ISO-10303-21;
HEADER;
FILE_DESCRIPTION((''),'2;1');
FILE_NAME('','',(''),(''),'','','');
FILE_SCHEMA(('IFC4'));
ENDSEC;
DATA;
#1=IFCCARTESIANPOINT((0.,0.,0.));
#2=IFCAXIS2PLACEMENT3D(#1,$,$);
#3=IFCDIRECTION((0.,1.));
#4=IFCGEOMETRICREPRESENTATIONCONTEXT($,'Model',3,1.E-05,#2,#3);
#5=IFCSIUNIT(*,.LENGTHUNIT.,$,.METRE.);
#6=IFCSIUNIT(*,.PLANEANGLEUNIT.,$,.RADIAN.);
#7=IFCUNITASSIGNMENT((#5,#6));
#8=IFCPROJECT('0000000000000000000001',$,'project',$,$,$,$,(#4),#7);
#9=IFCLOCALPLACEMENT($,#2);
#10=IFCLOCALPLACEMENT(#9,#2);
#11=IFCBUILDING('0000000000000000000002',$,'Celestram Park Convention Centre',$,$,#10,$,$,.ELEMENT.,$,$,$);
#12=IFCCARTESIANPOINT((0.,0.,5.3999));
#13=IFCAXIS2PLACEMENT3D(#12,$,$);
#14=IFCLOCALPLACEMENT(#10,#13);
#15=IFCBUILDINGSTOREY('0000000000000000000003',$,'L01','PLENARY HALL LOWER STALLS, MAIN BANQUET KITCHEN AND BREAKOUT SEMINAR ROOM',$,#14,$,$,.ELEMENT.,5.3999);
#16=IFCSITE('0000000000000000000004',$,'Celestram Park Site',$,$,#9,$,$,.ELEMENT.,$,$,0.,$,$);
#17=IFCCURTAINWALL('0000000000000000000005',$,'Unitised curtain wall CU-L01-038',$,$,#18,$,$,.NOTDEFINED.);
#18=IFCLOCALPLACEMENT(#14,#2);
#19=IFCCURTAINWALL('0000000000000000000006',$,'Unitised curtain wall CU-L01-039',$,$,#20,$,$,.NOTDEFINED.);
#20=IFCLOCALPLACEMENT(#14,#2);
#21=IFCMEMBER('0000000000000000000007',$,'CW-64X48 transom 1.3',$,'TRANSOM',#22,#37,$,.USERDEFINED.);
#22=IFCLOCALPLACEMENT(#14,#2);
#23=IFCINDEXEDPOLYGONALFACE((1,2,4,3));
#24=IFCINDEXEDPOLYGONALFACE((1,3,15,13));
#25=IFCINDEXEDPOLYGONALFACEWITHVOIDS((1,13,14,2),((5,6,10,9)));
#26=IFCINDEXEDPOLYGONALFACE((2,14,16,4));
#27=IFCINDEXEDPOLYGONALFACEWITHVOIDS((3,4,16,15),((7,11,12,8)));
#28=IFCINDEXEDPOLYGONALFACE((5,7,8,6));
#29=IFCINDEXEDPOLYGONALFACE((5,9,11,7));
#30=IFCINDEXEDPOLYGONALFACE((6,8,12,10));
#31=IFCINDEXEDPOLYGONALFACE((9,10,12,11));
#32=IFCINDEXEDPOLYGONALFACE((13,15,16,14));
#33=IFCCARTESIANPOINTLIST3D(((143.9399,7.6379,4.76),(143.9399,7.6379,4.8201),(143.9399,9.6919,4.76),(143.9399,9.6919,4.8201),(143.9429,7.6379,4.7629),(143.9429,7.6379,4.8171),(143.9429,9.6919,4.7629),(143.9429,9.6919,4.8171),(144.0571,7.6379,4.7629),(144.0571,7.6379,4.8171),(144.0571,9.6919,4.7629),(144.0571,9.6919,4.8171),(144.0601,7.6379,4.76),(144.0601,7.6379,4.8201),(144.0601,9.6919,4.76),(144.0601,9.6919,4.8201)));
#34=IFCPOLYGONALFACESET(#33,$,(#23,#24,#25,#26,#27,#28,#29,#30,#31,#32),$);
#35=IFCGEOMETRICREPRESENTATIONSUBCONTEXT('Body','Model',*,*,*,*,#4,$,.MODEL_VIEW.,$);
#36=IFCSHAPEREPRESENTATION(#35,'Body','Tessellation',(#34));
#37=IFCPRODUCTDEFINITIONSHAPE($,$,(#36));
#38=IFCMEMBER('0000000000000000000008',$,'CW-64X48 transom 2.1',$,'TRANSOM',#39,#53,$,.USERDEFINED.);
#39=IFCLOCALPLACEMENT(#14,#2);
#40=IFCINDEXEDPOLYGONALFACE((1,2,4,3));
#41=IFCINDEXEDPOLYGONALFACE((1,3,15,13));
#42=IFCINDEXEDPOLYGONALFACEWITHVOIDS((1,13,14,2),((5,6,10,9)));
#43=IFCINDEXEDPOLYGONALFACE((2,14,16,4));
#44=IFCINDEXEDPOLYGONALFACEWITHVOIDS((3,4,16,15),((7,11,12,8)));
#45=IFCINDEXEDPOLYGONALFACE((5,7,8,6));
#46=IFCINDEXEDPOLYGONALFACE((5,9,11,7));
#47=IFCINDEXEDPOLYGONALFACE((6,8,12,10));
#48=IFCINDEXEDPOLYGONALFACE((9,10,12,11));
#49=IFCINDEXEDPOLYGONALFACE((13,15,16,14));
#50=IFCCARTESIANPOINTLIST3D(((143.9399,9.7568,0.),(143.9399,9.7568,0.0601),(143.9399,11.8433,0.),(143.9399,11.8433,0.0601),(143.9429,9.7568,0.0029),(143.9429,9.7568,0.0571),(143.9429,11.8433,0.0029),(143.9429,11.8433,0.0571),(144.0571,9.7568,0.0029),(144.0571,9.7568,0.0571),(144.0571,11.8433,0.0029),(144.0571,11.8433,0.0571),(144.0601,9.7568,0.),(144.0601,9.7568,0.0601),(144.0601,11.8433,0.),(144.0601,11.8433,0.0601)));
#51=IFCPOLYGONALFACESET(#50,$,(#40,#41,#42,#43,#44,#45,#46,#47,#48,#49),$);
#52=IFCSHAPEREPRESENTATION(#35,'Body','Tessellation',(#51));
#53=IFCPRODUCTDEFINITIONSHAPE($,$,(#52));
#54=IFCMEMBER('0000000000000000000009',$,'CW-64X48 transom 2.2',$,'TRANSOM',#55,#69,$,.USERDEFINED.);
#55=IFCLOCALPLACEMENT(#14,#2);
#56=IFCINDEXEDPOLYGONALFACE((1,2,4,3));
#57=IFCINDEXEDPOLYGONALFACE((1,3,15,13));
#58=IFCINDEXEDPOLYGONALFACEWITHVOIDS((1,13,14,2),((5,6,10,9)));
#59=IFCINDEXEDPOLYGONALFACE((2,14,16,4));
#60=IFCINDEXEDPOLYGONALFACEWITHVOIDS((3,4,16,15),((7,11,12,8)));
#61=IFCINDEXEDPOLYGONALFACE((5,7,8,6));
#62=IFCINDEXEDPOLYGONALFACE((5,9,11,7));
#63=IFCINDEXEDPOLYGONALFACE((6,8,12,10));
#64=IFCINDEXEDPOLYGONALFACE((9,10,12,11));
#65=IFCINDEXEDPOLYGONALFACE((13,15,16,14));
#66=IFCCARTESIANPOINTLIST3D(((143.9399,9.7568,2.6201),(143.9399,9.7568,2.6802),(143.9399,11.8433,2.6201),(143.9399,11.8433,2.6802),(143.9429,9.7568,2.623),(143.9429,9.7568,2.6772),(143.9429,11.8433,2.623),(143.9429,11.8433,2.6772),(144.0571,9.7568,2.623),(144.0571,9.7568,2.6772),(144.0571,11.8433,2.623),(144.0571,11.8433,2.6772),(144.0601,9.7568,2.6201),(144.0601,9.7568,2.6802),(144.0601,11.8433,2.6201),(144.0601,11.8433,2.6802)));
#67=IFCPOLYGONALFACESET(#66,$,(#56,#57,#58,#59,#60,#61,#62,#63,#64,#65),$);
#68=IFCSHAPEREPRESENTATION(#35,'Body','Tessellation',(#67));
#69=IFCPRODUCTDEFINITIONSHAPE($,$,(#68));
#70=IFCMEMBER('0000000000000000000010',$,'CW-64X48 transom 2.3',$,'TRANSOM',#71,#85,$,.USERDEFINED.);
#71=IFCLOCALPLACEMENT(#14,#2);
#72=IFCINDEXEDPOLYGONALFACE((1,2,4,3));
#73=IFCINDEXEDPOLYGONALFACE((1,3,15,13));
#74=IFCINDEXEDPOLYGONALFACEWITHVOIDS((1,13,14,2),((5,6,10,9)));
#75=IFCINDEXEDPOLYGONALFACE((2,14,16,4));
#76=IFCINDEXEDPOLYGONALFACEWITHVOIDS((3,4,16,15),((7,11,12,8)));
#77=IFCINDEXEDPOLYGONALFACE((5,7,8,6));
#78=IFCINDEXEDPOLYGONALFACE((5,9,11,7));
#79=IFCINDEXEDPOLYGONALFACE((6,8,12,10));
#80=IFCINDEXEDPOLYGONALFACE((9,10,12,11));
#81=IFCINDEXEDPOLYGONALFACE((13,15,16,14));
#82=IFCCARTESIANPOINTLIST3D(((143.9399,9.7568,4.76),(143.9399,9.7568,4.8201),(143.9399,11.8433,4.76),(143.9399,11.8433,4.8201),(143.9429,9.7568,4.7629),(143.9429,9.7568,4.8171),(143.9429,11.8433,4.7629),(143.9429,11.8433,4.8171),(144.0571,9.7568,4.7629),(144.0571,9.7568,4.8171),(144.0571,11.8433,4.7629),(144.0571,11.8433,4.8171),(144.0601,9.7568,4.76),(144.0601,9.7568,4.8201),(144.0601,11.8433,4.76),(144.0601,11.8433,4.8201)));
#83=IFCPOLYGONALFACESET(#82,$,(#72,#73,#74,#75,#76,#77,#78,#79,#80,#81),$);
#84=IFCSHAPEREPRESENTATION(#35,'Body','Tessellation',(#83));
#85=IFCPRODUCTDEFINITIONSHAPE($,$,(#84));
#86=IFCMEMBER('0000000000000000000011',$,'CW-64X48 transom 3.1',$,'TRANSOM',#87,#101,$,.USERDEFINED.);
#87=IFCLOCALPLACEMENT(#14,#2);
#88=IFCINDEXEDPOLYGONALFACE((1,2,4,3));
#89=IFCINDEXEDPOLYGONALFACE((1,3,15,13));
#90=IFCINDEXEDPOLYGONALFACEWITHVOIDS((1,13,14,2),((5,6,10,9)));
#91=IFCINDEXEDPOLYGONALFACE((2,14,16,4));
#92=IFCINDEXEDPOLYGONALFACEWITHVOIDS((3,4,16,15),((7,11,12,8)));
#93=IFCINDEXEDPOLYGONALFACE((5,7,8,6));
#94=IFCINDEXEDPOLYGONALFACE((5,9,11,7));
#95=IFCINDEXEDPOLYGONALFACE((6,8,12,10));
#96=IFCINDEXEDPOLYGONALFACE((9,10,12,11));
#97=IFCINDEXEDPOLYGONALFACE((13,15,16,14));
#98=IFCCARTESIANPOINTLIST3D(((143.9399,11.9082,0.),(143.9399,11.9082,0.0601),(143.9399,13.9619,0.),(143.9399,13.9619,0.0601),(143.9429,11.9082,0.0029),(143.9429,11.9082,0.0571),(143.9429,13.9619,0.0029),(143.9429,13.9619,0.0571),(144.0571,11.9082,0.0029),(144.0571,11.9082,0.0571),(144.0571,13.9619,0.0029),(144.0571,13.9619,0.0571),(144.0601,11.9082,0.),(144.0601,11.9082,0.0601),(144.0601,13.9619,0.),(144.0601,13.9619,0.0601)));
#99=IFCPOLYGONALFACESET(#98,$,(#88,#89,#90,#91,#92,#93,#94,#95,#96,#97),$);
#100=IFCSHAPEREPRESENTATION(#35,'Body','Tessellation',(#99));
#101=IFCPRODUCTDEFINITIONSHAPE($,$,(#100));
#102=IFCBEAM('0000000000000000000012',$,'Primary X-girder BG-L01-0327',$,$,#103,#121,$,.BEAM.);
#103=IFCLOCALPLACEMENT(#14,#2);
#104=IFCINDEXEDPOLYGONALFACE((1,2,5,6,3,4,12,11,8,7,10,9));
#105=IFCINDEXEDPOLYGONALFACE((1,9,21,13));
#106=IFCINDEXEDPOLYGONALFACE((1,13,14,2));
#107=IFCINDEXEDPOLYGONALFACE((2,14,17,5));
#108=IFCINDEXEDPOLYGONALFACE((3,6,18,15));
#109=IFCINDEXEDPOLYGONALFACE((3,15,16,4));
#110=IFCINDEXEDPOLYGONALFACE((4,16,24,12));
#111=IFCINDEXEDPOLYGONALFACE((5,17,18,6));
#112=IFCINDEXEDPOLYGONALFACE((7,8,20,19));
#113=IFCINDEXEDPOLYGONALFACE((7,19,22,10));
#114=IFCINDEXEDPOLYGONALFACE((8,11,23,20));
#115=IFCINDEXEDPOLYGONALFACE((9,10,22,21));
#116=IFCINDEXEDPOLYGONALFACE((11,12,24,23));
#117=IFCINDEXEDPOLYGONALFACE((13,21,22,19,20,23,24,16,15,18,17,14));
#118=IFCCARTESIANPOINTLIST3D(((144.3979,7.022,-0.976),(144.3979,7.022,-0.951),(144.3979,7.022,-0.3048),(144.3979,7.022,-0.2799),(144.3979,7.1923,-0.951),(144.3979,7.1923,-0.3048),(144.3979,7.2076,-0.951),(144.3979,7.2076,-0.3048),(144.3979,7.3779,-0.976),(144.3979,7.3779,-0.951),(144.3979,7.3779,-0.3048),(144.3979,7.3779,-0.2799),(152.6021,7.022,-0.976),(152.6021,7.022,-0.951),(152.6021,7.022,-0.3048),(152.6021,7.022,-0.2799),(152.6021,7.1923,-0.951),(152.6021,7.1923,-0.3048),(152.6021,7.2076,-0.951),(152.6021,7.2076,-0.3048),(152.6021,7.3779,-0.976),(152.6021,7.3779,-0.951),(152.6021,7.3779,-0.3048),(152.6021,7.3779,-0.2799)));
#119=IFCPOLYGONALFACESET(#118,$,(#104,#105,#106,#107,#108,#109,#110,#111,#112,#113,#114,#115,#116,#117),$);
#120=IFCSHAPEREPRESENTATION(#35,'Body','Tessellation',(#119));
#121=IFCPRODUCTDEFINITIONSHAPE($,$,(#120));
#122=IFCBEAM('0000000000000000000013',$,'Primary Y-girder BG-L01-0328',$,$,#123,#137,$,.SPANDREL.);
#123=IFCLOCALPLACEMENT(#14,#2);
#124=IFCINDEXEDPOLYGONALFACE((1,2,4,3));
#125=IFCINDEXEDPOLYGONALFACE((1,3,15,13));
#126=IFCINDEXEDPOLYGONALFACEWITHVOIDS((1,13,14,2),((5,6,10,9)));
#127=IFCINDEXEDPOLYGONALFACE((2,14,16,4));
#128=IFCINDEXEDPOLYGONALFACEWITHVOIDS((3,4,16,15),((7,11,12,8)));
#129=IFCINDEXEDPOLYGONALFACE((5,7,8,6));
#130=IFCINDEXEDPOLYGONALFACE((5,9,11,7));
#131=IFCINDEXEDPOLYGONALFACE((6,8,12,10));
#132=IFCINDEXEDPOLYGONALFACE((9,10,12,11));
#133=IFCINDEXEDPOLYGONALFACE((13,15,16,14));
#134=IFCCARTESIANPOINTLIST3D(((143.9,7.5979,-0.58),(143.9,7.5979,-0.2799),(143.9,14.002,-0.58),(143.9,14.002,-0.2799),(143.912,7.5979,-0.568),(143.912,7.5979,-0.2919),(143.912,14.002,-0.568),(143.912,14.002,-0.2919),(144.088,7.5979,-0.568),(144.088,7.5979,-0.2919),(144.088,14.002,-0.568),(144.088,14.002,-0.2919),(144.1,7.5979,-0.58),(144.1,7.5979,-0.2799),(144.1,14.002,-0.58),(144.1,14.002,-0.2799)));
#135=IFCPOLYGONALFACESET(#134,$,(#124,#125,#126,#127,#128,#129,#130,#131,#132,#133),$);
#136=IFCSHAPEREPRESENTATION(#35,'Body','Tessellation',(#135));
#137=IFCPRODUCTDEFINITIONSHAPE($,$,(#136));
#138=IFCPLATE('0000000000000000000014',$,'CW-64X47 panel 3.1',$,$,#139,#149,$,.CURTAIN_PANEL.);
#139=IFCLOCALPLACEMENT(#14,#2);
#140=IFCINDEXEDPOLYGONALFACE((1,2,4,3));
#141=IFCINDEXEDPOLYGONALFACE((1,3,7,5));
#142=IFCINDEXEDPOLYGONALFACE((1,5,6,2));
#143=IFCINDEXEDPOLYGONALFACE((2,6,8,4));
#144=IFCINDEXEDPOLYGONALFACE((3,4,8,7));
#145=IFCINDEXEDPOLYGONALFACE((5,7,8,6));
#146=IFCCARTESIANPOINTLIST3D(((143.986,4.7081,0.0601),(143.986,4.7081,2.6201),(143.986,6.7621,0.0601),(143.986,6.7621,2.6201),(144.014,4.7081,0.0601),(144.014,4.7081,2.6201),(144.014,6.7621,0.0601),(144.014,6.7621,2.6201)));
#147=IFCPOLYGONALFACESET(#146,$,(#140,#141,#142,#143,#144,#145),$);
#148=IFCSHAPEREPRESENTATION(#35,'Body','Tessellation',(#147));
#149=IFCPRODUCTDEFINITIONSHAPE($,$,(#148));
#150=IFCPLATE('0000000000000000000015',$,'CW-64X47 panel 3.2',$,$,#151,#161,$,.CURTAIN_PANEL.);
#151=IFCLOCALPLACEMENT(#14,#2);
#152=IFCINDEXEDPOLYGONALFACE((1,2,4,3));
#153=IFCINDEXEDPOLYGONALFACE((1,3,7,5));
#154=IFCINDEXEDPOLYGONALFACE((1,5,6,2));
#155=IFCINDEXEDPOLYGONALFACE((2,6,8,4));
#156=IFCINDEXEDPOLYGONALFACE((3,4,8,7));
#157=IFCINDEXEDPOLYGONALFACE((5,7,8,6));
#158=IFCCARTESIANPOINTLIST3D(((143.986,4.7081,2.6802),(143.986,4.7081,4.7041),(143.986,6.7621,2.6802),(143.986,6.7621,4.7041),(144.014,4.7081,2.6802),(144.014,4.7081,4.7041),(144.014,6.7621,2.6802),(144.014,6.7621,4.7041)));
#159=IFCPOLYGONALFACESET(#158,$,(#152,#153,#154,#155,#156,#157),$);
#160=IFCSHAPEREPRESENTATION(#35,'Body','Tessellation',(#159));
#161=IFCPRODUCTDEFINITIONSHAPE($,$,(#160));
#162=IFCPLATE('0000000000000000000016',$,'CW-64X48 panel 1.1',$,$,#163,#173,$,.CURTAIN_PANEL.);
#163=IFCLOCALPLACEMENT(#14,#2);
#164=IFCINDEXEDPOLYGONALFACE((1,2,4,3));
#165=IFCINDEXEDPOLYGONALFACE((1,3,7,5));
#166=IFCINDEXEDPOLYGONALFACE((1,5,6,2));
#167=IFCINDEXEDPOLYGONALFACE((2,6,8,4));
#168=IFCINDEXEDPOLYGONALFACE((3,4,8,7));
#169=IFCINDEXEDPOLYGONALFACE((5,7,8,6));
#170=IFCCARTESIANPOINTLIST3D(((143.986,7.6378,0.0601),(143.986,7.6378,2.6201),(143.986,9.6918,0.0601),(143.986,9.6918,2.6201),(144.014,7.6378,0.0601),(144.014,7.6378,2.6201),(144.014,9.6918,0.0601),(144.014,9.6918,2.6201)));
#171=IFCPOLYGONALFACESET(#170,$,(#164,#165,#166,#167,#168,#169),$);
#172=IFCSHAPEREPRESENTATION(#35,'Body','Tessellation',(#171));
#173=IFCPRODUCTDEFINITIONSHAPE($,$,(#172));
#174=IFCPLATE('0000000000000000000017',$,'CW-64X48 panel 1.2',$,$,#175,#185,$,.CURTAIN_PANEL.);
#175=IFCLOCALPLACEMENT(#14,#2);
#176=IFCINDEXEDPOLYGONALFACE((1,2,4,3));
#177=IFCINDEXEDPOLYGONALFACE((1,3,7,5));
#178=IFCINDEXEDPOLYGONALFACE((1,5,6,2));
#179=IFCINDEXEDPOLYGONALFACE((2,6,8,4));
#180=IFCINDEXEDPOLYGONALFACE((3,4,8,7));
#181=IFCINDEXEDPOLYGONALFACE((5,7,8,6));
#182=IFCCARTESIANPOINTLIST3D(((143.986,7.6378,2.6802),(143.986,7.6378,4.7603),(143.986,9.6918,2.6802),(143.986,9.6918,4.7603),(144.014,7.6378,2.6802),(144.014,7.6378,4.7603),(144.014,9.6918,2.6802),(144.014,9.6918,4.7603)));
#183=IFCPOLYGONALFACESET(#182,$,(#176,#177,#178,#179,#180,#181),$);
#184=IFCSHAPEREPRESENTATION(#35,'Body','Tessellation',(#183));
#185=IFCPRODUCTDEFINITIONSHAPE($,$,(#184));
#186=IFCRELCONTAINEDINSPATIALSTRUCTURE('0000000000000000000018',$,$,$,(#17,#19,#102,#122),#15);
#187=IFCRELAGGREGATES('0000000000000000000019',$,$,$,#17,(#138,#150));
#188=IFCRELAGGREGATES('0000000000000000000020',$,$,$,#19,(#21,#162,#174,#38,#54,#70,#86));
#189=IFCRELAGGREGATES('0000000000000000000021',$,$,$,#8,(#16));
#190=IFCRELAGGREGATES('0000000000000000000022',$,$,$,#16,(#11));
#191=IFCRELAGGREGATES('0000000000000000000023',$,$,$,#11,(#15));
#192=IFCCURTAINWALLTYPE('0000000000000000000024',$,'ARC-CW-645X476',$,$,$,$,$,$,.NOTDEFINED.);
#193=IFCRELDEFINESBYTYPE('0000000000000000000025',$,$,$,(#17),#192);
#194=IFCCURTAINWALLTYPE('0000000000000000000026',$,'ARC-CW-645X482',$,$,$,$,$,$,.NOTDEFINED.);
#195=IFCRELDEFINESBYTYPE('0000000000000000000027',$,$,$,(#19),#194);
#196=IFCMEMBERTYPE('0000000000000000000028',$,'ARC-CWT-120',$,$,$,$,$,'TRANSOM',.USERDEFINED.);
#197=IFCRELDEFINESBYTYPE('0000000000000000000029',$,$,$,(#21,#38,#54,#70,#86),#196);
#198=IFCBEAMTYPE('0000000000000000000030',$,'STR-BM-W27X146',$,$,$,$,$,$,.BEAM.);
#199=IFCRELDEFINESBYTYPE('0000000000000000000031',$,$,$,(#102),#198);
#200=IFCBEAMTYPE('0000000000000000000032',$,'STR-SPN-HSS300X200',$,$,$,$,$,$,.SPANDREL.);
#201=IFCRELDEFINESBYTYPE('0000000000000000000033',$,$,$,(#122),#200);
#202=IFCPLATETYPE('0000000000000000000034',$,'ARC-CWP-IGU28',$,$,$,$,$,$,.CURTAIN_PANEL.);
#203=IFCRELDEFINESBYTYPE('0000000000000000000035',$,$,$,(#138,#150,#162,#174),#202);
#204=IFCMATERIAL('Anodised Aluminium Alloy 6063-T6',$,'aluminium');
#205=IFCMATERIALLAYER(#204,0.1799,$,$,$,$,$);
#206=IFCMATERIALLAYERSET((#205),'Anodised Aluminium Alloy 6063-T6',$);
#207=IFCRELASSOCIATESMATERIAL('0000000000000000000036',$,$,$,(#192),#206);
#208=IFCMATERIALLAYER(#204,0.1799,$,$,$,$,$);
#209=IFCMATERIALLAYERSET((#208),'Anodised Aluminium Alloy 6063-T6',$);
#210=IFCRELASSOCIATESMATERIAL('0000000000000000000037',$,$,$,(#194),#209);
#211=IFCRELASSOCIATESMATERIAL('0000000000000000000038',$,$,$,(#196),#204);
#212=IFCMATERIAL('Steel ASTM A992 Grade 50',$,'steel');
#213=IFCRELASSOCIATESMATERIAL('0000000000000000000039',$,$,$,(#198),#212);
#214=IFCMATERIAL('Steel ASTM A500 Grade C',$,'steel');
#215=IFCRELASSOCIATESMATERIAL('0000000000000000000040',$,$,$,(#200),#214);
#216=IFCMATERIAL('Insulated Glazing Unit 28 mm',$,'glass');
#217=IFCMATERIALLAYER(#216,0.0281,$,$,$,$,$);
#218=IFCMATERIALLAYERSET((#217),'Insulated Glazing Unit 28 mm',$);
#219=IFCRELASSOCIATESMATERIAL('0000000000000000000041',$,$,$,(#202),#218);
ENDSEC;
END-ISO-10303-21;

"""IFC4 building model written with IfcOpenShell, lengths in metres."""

from ifc_helpers import new_model, si_unit, direction, frame, origin, origin_2d, place, context, subcontext, project, spatial, rectangle, hollow_rectangle, i_section, extrude, material, layer, layer_set, material_profile, profile_set, type_object, element, aggregate, save


model = new_model("IFC4")

# Units and contexts
model_context = context("Model", 3, precision=1e-05, world=origin(), true_north=direction((0.0, 1.0)))
body_context = subcontext(model_context, "Body", "Model", "MODEL_VIEW")
ifc_project = project(units=[si_unit("LENGTHUNIT", "METRE"), si_unit("PLANEANGLEUNIT", "RADIAN")], contexts=[model_context])

# Site, building, storey
site_placement = place(None, origin())
site = spatial("IfcSite", under=ifc_project, at=site_placement, Name="Celestram Park Site", CompositionType="ELEMENT", RefElevation=0.0)
building_placement = place(site_placement, origin())
building = spatial("IfcBuilding", under=site, at=building_placement, Name="Celestram Park Convention Centre", CompositionType="ELEMENT")
storey_placement = place(building_placement, frame((0.0, 0.0, 5.3999)))
storey = spatial("IfcBuildingStorey", under=building, at=storey_placement, Name="L01", Description="PLENARY HALL LOWER STALLS, MAIN BANQUET KITCHEN AND BREAKOUT SEMINAR ROOM", CompositionType="ELEMENT", Elevation=5.3999)

# Curtain walls
ifc_material_1 = material(Name="Anodised Aluminium Alloy 6063-T6", Category="aluminium")
ifc_layer_1 = layer(ifc_material_1, 0.1799)
ifc_layer_set_1 = layer_set([ifc_layer_1], Name="Anodised Aluminium Alloy 6063-T6")
curtain_wall_type_1 = type_object("IfcCurtainWallType", Name="ARC-CW-645X476", PredefinedType="NOTDEFINED", material=ifc_layer_set_1)
curtain_wall_1_placement = place(storey_placement, origin())
curtain_wall_1 = element("IfcCurtainWall", 1, at=curtain_wall_1_placement, inside=storey, type_object=curtain_wall_type_1, Name="Unitised curtain wall CU-L01-038", PredefinedType="NOTDEFINED")
ifc_layer_2 = layer(ifc_material_1, 0.1799)
ifc_layer_set_2 = layer_set([ifc_layer_2], Name="Anodised Aluminium Alloy 6063-T6")
curtain_wall_type_2 = type_object("IfcCurtainWallType", Name="ARC-CW-645X482", PredefinedType="NOTDEFINED", material=ifc_layer_set_2)
curtain_wall_2_placement = place(storey_placement, origin())
curtain_wall_2 = element("IfcCurtainWall", 2, at=curtain_wall_2_placement, inside=storey, type_object=curtain_wall_type_2, Name="Unitised curtain wall CU-L01-039", PredefinedType="NOTDEFINED")

# Members
ifc_material_profile_1 = material_profile(ifc_material_1, hollow_rectangle(XDim=0.1201, YDim=0.0601, WallThickness=0.0029, at=origin_2d()), Name="ALU120X60X3")
ifc_profile_set_1 = profile_set([ifc_material_profile_1], Name="Anodised Aluminium Alloy 6063-T6")
member_type_1 = type_object("IfcMemberType", Name="ARC-CWT-120", ElementType="TRANSOM", PredefinedType="USERDEFINED", material=ifc_profile_set_1)
member_1_placement = place(storey_placement, frame((144.0, 7.6379, 4.79), z_axis=(0.0, 1.0, 0.0), x_axis=(-1.0, 0.0, 0.0)))
member_1 = element("IfcMember", 3, at=member_1_placement, type_object=member_type_1, Name="CW-64X48 transom 1.3", ObjectType="TRANSOM", PredefinedType="USERDEFINED", context=body_context, shape_type="SweptSolid", body=[
    extrude(hollow_rectangle(XDim=0.1201, YDim=0.0601, WallThickness=0.0029, at=origin_2d()), origin(), (0.0, 0.0, 1.0), 2.054),
])
member_2_placement = place(storey_placement, frame((144.0, 9.7568, 0.03), z_axis=(0.0, 1.0, 0.0), x_axis=(-1.0, 0.0, 0.0)))
member_2 = element("IfcMember", 4, at=member_2_placement, type_object=member_type_1, Name="CW-64X48 transom 2.1", ObjectType="TRANSOM", PredefinedType="USERDEFINED", context=body_context, shape_type="SweptSolid", body=[
    extrude(hollow_rectangle(XDim=0.1201, YDim=0.0601, WallThickness=0.0029, at=origin_2d()), origin(), (0.0, 0.0, 1.0), 2.0864),
])
member_3_placement = place(storey_placement, frame((144.0, 9.7568, 2.6501), z_axis=(0.0, 1.0, 0.0), x_axis=(-1.0, 0.0, 0.0)))
member_3 = element("IfcMember", 5, at=member_3_placement, type_object=member_type_1, Name="CW-64X48 transom 2.2", ObjectType="TRANSOM", PredefinedType="USERDEFINED", context=body_context, shape_type="SweptSolid", body=[
    extrude(hollow_rectangle(XDim=0.1201, YDim=0.0601, WallThickness=0.0029, at=origin_2d()), origin(), (0.0, 0.0, 1.0), 2.0864),
])
member_4_placement = place(storey_placement, frame((144.0, 9.7568, 4.79), z_axis=(0.0, 1.0, 0.0), x_axis=(-1.0, 0.0, 0.0)))
member_4 = element("IfcMember", 6, at=member_4_placement, type_object=member_type_1, Name="CW-64X48 transom 2.3", ObjectType="TRANSOM", PredefinedType="USERDEFINED", context=body_context, shape_type="SweptSolid", body=[
    extrude(hollow_rectangle(XDim=0.1201, YDim=0.0601, WallThickness=0.0029, at=origin_2d()), origin(), (0.0, 0.0, 1.0), 2.0864),
])
member_5_placement = place(storey_placement, frame((144.0, 11.9082, 0.03), z_axis=(0.0, 1.0, 0.0), x_axis=(-1.0, 0.0, 0.0)))
member_5 = element("IfcMember", 7, at=member_5_placement, type_object=member_type_1, Name="CW-64X48 transom 3.1", ObjectType="TRANSOM", PredefinedType="USERDEFINED", context=body_context, shape_type="SweptSolid", body=[
    extrude(hollow_rectangle(XDim=0.1201, YDim=0.0601, WallThickness=0.0029, at=origin_2d()), origin(), (0.0, 0.0, 1.0), 2.0537),
])

# Beams
ifc_material_2 = material(Name="Steel ASTM A992 Grade 50", Category="steel")
ifc_material_profile_2 = material_profile(ifc_material_2, i_section(OverallWidth=0.356, OverallDepth=0.696, WebThickness=0.0154, FlangeThickness=0.0249, at=origin_2d()), Name="W27X146")
ifc_profile_set_2 = profile_set([ifc_material_profile_2], Name="Steel ASTM A992 Grade 50")
beam_type_1 = type_object("IfcBeamType", Name="STR-BM-W27X146", PredefinedType="BEAM", material=ifc_profile_set_2)
beam_1_placement = place(storey_placement, frame((144.3979, 7.2, -0.6279), z_axis=(1.0, 0.0, 0.0), x_axis=(0.0, 1.0, 0.0)))
element("IfcBeam", 8, at=beam_1_placement, inside=storey, type_object=beam_type_1, Name="Primary X-girder BG-L01-0327", PredefinedType="BEAM", context=body_context, shape_type="SweptSolid", body=[
    extrude(i_section(OverallWidth=0.356, OverallDepth=0.696, WebThickness=0.0154, FlangeThickness=0.0249, at=origin_2d()), origin(), (0.0, 0.0, 1.0), 8.2041),
])
ifc_material_3 = material(Name="Steel ASTM A500 Grade C", Category="steel")
ifc_material_profile_3 = material_profile(ifc_material_3, hollow_rectangle(XDim=0.2, YDim=0.3, WallThickness=0.012, at=origin_2d()), Name="HSS300X200X12")
ifc_profile_set_3 = profile_set([ifc_material_profile_3], Name="Steel ASTM A500 Grade C")
beam_type_2 = type_object("IfcBeamType", Name="STR-SPN-HSS300X200", PredefinedType="SPANDREL", material=ifc_profile_set_3)
beam_2_placement = place(storey_placement, frame((144.0, 7.5979, -0.4299), z_axis=(0.0, 1.0, 0.0), x_axis=(-1.0, 0.0, 0.0)))
element("IfcBeam", 9, at=beam_2_placement, inside=storey, type_object=beam_type_2, Name="Primary Y-girder BG-L01-0328", PredefinedType="SPANDREL", context=body_context, shape_type="SweptSolid", body=[
    extrude(hollow_rectangle(XDim=0.2, YDim=0.3, WallThickness=0.012, at=origin_2d()), origin(), (0.0, 0.0, 1.0), 6.4041),
])

# Plates
ifc_material_4 = material(Name="Insulated Glazing Unit 28 mm", Category="glass")
ifc_layer_3 = layer(ifc_material_4, 0.0281)
ifc_layer_set_3 = layer_set([ifc_layer_3], Name="Insulated Glazing Unit 28 mm")
plate_type = type_object("IfcPlateType", Name="ARC-CWP-IGU28", PredefinedType="CURTAIN_PANEL", material=ifc_layer_set_3)
plate_1_placement = place(storey_placement, frame((144.0, 5.7351, 0.0601), z_axis=(0.0, 0.0, 1.0), x_axis=(0.0, 1.0, 0.0)))
plate_1 = element("IfcPlate", 10, at=plate_1_placement, type_object=plate_type, Name="CW-64X47 panel 3.1", PredefinedType="CURTAIN_PANEL", context=body_context, shape_type="SweptSolid", body=[
    extrude(rectangle(XDim=2.054, YDim=0.0281, at=origin_2d()), origin(), (0.0, 0.0, 1.0), 2.5601),
])
plate_2_placement = place(storey_placement, frame((144.0, 5.7351, 2.6802), z_axis=(0.0, 0.0, 1.0), x_axis=(0.0, 1.0, 0.0)))
plate_2 = element("IfcPlate", 11, at=plate_2_placement, type_object=plate_type, Name="CW-64X47 panel 3.2", PredefinedType="CURTAIN_PANEL", context=body_context, shape_type="SweptSolid", body=[
    extrude(rectangle(XDim=2.054, YDim=0.0281, at=origin_2d()), origin(), (0.0, 0.0, 1.0), 2.0239),
])
aggregate(curtain_wall_1, [plate_1, plate_2])
plate_3_placement = place(storey_placement, frame((144.0, 8.6648, 0.0601), z_axis=(0.0, 0.0, 1.0), x_axis=(0.0, 1.0, 0.0)))
plate_3 = element("IfcPlate", 12, at=plate_3_placement, type_object=plate_type, Name="CW-64X48 panel 1.1", PredefinedType="CURTAIN_PANEL", context=body_context, shape_type="SweptSolid", body=[
    extrude(rectangle(XDim=2.054, YDim=0.0281, at=origin_2d()), origin(), (0.0, 0.0, 1.0), 2.5601),
])
plate_4_placement = place(storey_placement, frame((144.0, 8.6648, 2.6802), z_axis=(0.0, 0.0, 1.0), x_axis=(0.0, 1.0, 0.0)))
plate_4 = element("IfcPlate", 13, at=plate_4_placement, type_object=plate_type, Name="CW-64X48 panel 1.2", PredefinedType="CURTAIN_PANEL", context=body_context, shape_type="SweptSolid", body=[
    extrude(rectangle(XDim=2.054, YDim=0.0281, at=origin_2d()), origin(), (0.0, 0.0, 1.0), 2.0801),
])
aggregate(curtain_wall_2, [member_1, plate_3, plate_4, member_2, member_3, member_4, member_5])

save(model, "model.ifc")
